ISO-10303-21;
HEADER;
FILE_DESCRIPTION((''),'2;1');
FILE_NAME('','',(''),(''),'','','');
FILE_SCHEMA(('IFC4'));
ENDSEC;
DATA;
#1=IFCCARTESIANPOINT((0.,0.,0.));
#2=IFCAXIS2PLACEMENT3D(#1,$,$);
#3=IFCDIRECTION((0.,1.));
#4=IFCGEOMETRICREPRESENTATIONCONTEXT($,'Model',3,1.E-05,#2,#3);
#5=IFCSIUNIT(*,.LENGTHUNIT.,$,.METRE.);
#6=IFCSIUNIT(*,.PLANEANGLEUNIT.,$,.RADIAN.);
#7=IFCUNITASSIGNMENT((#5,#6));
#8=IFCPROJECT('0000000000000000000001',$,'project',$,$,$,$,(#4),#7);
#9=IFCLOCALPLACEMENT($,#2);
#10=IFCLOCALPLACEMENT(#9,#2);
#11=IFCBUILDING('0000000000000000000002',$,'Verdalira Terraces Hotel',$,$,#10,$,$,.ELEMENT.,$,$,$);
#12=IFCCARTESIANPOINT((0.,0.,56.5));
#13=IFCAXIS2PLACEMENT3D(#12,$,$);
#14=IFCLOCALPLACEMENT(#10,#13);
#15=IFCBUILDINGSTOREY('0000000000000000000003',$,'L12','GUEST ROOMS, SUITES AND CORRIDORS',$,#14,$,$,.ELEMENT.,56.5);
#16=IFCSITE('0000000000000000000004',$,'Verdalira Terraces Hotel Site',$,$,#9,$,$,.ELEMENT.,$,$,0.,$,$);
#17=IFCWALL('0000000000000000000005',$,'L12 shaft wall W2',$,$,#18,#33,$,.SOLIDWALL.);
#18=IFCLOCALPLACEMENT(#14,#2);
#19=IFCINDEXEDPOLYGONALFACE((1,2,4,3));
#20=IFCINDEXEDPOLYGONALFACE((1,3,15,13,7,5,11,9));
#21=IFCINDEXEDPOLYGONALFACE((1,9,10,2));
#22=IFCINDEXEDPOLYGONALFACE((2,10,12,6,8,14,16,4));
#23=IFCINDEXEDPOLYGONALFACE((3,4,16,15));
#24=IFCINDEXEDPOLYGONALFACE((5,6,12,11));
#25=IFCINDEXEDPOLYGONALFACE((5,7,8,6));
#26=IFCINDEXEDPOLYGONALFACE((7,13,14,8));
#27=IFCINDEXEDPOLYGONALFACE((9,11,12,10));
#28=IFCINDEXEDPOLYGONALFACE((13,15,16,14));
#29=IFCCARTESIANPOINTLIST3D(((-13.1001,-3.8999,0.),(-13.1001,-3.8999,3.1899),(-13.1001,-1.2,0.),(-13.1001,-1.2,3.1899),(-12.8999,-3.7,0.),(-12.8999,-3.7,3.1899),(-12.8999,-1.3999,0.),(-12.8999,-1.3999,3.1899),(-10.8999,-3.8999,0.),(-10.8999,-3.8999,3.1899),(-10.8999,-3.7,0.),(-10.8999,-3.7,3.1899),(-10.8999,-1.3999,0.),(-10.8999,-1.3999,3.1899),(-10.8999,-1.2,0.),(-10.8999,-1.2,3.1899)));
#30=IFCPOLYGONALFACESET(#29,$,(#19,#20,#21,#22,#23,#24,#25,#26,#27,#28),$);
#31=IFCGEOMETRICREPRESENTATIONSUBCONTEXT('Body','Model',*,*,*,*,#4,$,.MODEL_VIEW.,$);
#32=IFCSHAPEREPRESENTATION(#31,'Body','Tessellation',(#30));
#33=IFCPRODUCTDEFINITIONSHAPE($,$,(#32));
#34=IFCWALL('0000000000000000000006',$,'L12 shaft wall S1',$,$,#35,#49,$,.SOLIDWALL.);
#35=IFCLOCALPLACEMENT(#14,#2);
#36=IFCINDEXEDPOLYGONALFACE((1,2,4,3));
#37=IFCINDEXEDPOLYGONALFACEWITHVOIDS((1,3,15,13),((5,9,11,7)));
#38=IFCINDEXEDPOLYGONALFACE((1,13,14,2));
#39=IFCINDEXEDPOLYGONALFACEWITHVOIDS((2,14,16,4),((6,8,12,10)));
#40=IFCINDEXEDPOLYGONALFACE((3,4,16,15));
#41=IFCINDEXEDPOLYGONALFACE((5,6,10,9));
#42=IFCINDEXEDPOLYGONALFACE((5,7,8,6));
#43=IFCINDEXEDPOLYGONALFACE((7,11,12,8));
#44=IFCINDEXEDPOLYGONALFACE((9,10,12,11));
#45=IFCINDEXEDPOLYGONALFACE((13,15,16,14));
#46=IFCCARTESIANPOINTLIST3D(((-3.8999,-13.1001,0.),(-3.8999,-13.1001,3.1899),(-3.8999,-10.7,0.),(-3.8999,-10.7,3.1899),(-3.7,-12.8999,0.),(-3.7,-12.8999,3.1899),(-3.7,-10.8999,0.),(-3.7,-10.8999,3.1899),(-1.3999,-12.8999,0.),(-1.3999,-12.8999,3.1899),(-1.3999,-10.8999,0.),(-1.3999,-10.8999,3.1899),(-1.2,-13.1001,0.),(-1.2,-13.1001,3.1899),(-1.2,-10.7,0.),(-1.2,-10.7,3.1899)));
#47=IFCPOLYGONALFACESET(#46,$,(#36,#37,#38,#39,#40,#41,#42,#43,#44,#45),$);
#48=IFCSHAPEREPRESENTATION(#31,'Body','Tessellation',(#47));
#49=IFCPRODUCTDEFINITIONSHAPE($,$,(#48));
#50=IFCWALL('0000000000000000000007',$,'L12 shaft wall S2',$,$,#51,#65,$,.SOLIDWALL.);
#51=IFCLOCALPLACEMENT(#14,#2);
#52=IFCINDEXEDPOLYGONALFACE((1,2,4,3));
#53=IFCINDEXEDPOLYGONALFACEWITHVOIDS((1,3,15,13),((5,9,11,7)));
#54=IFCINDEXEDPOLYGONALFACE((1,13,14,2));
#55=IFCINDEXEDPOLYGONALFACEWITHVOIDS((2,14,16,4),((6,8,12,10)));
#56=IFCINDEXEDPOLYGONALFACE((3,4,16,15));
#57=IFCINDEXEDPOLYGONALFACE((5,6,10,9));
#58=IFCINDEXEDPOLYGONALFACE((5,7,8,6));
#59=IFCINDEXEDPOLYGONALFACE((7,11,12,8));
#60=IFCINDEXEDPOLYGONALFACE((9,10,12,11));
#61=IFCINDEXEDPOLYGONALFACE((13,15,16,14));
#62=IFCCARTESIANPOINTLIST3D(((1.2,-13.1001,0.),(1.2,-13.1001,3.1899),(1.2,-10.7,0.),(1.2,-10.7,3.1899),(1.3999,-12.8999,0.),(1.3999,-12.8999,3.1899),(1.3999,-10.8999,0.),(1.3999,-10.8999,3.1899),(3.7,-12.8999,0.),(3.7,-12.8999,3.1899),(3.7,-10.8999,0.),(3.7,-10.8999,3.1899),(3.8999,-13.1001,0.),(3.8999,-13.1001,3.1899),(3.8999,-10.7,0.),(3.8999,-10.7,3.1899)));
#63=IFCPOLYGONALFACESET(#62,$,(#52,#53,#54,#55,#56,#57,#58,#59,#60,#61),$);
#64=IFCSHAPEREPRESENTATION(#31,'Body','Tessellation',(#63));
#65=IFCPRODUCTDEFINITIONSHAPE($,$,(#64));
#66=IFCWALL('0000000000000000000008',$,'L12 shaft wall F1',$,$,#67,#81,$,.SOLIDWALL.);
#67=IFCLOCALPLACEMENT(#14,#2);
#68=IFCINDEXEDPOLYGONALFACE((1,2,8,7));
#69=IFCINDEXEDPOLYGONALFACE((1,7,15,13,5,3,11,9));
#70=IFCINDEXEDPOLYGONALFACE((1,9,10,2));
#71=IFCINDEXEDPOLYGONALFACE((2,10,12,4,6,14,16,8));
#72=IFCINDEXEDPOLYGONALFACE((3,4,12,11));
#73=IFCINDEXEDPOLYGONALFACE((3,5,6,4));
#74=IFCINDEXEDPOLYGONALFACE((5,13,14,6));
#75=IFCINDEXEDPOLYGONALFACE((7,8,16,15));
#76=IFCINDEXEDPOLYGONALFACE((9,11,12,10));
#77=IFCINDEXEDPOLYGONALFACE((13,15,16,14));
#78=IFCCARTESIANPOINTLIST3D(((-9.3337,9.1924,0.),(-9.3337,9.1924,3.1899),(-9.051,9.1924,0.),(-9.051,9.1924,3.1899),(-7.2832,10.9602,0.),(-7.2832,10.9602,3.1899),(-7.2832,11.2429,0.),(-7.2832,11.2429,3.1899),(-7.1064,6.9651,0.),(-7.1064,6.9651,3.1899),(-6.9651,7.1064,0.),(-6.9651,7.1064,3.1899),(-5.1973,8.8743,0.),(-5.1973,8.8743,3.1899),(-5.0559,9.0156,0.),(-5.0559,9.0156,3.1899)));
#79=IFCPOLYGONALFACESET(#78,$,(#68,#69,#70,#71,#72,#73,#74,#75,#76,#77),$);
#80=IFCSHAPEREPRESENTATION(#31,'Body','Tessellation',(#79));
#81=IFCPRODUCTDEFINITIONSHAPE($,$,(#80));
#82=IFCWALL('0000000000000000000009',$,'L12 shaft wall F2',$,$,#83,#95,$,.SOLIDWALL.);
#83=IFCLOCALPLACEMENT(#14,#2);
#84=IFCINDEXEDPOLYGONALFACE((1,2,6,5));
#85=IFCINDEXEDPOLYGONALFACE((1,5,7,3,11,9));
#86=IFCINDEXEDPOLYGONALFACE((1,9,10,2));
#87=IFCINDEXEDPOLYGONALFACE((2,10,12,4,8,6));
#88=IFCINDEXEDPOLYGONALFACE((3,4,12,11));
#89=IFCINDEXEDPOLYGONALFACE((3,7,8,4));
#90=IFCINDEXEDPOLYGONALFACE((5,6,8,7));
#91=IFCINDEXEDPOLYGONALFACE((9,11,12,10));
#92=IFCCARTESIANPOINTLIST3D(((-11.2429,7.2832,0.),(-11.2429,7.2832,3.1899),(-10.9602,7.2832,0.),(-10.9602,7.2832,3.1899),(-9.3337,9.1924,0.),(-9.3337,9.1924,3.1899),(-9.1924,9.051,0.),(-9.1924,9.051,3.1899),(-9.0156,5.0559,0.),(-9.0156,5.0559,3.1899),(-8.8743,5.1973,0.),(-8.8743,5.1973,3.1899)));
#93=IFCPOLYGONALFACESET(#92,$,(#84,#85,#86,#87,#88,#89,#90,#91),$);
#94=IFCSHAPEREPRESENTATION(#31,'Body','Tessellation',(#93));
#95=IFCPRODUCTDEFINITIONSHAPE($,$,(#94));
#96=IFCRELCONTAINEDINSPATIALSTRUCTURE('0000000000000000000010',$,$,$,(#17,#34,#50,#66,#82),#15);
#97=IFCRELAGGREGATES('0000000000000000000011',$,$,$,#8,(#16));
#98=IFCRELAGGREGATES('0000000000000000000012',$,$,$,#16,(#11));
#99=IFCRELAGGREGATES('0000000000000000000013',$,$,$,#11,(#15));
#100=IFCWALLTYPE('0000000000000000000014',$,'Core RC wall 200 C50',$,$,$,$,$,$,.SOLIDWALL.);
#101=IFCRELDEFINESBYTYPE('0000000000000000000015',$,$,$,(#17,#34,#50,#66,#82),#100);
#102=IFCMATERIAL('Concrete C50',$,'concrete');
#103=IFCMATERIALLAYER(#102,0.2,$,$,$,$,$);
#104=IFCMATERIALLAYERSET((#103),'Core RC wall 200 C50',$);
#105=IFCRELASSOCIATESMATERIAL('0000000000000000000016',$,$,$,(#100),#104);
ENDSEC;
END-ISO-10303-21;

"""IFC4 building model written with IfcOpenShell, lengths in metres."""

from ifc_helpers import new_model, si_unit, direction, frame, origin, place, context, subcontext, project, spatial, polyline, outline, extrude, material, layer, layer_set, type_object, element, save


model = new_model("IFC4")

# Units and contexts
model_context = context("Model", 3, precision=1e-05, world=origin(), true_north=direction((0.0, 1.0)))
body_context = subcontext(model_context, "Body", "Model", "MODEL_VIEW")
ifc_project = project(units=[si_unit("LENGTHUNIT", "METRE"), si_unit("PLANEANGLEUNIT", "RADIAN")], contexts=[model_context])

# Site, building, storey
site_placement = place(None, origin())
site = spatial("IfcSite", under=ifc_project, at=site_placement, Name="Verdalira Terraces Hotel Site", CompositionType="ELEMENT", RefElevation=0.0)
building_placement = place(site_placement, origin())
building = spatial("IfcBuilding", under=site, at=building_placement, Name="Verdalira Terraces Hotel", CompositionType="ELEMENT")
storey_placement = place(building_placement, frame((0.0, 0.0, 56.5)))
storey = spatial("IfcBuildingStorey", under=building, at=storey_placement, Name="L12", Description="GUEST ROOMS, SUITES AND CORRIDORS", CompositionType="ELEMENT", Elevation=56.5)

# Shared definitions
ifc_material_1 = material(Name="Concrete C50", Category="concrete")
ifc_layer_1 = layer(ifc_material_1, 0.2)
ifc_layer_set_1 = layer_set([ifc_layer_1], Name="Core RC wall 200 C50")
wall_type_1 = type_object("IfcWallType", Name="Core RC wall 200 C50", PredefinedType="SOLIDWALL", material=ifc_layer_set_1)

# Walls
wall_1_placement = place(storey_placement, origin())
element("IfcWall", 1, at=wall_1_placement, inside=storey, type_object=wall_type_1, Name="L12 shaft wall W2", PredefinedType="SOLIDWALL", context=body_context, shape_type="SweptSolid", body=[
    extrude(outline(polyline([(-13.1001, -3.8999), (-13.1001, -1.2), (-10.8999, -1.2), (-10.8999, -1.3999), (-12.8999, -1.3999), (-12.8999, -3.7), (-10.8999, -3.7), (-10.8999, -3.8999), (-13.1001, -3.8999)])), origin(), (0.0, 0.0, 1.0), 3.1899),
])
wall_2_placement = place(storey_placement, origin())
element("IfcWall", 2, at=wall_2_placement, inside=storey, type_object=wall_type_1, Name="L12 shaft wall S1", PredefinedType="SOLIDWALL", context=body_context, shape_type="SweptSolid", body=[
    extrude(outline(polyline([(-1.2, -13.1001), (-3.8999, -13.1001), (-3.8999, -10.7), (-1.2, -10.7), (-1.2, -13.1001)]), holes=[polyline([(-3.7, -10.8999), (-3.7, -12.8999), (-1.3999, -12.8999), (-1.3999, -10.8999), (-3.7, -10.8999)])]), origin(), (0.0, 0.0, 1.0), 3.1899),
])
wall_3_placement = place(storey_placement, origin())
element("IfcWall", 3, at=wall_3_placement, inside=storey, type_object=wall_type_1, Name="L12 shaft wall S2", PredefinedType="SOLIDWALL", context=body_context, shape_type="SweptSolid", body=[
    extrude(outline(polyline([(3.8999, -10.7), (3.8999, -13.1001), (1.2, -13.1001), (1.2, -10.7), (3.8999, -10.7)]), holes=[polyline([(1.3999, -12.8999), (3.7, -12.8999), (3.7, -10.8999), (1.3999, -10.8999), (1.3999, -12.8999)])]), origin(), (0.0, 0.0, 1.0), 3.1899),
])
wall_4_placement = place(storey_placement, origin())
element("IfcWall", 4, at=wall_4_placement, inside=storey, type_object=wall_type_1, Name="L12 shaft wall F1", PredefinedType="SOLIDWALL", context=body_context, shape_type="SweptSolid", body=[
    extrude(outline(polyline([(-9.3337, 9.1924), (-7.2832, 11.2429), (-5.0559, 9.0156), (-5.1973, 8.8743), (-7.2832, 10.9602), (-9.051, 9.1924), (-6.9651, 7.1064), (-7.1064, 6.9651), (-9.3337, 9.1924)])), origin(), (0.0, 0.0, 1.0), 3.1899),
])
wall_5_placement = place(storey_placement, origin())
element("IfcWall", 5, at=wall_5_placement, inside=storey, type_object=wall_type_1, Name="L12 shaft wall F2", PredefinedType="SOLIDWALL", context=body_context, shape_type="SweptSolid", body=[
    extrude(outline(polyline([(-11.2429, 7.2832), (-9.3337, 9.1924), (-9.1924, 9.051), (-10.9602, 7.2832), (-8.8743, 5.1973), (-9.0156, 5.0559), (-11.2429, 7.2832)])), origin(), (0.0, 0.0, 1.0), 3.1899),
])

save(model, "model.ifc")
